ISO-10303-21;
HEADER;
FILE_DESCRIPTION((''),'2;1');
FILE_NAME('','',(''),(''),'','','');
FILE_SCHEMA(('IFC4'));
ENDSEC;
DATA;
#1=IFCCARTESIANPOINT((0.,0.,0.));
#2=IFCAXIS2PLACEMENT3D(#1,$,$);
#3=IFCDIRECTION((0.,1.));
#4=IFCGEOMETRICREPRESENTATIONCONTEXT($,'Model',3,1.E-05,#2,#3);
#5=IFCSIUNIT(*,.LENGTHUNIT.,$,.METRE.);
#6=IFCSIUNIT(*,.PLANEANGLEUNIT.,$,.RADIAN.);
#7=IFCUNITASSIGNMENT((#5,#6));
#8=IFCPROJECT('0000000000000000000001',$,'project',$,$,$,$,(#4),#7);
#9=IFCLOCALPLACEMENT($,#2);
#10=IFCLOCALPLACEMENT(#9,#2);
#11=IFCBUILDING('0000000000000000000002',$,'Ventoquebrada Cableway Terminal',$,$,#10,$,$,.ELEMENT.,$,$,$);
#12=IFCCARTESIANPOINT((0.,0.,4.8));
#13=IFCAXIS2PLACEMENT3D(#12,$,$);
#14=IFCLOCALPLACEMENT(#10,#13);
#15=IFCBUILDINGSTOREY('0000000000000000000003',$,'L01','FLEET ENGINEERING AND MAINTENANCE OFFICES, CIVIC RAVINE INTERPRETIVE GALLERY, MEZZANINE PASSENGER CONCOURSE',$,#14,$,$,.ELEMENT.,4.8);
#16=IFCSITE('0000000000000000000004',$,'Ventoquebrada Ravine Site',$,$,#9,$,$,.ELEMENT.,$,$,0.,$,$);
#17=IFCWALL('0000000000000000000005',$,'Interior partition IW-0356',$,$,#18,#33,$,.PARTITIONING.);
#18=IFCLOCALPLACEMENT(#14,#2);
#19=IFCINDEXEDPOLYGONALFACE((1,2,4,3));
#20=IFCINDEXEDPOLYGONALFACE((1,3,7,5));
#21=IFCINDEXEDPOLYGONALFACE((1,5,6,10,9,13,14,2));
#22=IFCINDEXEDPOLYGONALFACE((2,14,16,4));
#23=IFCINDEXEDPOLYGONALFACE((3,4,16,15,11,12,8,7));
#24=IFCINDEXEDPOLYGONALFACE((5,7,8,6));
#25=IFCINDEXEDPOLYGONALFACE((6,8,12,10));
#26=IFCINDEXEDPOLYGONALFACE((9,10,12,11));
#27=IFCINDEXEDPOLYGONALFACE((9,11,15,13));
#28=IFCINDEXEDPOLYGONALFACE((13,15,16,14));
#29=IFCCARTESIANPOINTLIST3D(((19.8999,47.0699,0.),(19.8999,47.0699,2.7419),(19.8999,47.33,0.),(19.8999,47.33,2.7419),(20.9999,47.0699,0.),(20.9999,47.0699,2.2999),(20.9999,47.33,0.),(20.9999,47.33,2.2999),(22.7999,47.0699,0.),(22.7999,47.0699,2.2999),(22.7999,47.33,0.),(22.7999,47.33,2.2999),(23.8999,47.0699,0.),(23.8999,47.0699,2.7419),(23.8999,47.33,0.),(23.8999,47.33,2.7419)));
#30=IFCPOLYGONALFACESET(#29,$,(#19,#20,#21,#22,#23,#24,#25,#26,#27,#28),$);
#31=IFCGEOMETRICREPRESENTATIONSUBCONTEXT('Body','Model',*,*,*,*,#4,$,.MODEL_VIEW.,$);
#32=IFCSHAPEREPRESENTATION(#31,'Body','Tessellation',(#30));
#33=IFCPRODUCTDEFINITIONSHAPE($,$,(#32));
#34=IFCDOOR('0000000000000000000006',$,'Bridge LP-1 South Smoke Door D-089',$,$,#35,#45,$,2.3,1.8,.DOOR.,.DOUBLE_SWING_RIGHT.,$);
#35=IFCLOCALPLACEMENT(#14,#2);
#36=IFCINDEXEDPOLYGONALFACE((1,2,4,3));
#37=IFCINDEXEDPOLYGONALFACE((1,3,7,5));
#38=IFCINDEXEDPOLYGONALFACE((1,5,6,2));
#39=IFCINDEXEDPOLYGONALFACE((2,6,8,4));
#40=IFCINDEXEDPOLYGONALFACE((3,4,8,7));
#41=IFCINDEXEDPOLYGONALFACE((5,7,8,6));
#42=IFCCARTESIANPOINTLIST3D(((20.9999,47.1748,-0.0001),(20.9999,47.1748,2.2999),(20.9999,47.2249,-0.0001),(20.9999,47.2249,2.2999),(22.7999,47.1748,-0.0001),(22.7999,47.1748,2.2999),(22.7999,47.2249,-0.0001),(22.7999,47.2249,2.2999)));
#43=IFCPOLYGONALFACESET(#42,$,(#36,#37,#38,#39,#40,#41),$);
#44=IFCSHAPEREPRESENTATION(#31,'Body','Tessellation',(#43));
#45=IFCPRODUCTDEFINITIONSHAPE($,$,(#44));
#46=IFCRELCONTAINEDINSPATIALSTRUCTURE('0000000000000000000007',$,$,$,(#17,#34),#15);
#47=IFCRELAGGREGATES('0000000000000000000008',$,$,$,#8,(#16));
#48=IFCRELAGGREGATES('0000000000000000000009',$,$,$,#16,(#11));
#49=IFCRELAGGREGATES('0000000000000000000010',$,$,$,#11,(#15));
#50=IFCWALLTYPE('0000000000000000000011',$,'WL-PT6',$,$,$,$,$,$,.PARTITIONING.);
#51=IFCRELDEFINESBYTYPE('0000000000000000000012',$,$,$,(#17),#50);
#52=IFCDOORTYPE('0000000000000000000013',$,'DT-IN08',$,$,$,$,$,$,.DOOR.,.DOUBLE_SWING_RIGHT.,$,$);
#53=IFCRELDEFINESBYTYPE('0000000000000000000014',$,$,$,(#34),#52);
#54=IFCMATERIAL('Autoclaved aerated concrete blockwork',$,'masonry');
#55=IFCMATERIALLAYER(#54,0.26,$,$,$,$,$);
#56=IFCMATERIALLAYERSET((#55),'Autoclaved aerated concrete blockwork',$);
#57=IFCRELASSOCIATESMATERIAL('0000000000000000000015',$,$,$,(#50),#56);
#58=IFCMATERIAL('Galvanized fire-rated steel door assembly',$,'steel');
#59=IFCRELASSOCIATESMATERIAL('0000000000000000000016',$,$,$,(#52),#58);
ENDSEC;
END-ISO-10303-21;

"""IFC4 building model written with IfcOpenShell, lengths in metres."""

from ifc_helpers import new_model, si_unit, direction, frame, frame_2d, origin, place, context, subcontext, project, spatial, rectangle, extrude, material, layer, layer_set, type_object, element, fill, save


model = new_model("IFC4")

# Units and contexts
model_context = context("Model", 3, precision=1e-05, world=origin(), true_north=direction((0.0, 1.0)))
body_context = subcontext(model_context, "Body", "Model", "MODEL_VIEW")
ifc_project = project(units=[si_unit("LENGTHUNIT", "METRE"), si_unit("PLANEANGLEUNIT", "RADIAN")], contexts=[model_context])

# Site, building, storey
site_placement = place(None, origin())
site = spatial("IfcSite", under=ifc_project, at=site_placement, Name="Ventoquebrada Ravine Site", CompositionType="ELEMENT", RefElevation=0.0)
building_placement = place(site_placement, origin())
building = spatial("IfcBuilding", under=site, at=building_placement, Name="Ventoquebrada Cableway Terminal", CompositionType="ELEMENT")
storey_placement = place(building_placement, frame((0.0, 0.0, 4.8)))
storey = spatial("IfcBuildingStorey", under=building, at=storey_placement, Name="L01", Description="FLEET ENGINEERING AND MAINTENANCE OFFICES, CIVIC RAVINE INTERPRETIVE GALLERY, MEZZANINE PASSENGER CONCOURSE", CompositionType="ELEMENT", Elevation=4.8)

# Wall, opening, door
ifc_material_1 = material(Name="Autoclaved aerated concrete blockwork", Category="masonry")
ifc_layer_1 = layer(ifc_material_1, 0.26)
ifc_layer_set_1 = layer_set([ifc_layer_1], Name="Autoclaved aerated concrete blockwork")
wall_type = type_object("IfcWallType", Name="WL-PT6", PredefinedType="PARTITIONING", material=ifc_layer_set_1)
wall_placement = place(storey_placement, frame((19.8999, 47.2, 0.0), z_axis=(0.0, 0.0, 1.0), x_axis=(1.0, 0.0, 0.0)))
wall = element("IfcWall", 1, at=wall_placement, inside=storey, type_object=wall_type, Name="Interior partition IW-0356", PredefinedType="PARTITIONING", context=body_context, shape_type="SweptSolid", body=[
    extrude(rectangle(XDim=4.0, YDim=0.26, at=frame_2d((2.0, 0.0))), origin(), (0.0, 0.0, 1.0), 2.7419),
])
opening_placement = place(wall_placement, frame((1.1001, 0.0, 0.0)))
opening = element("IfcOpeningElement", 2, at=opening_placement, cuts=wall, PredefinedType="OPENING", context=body_context, shape_type="SweptSolid", body=[
    extrude(rectangle(XDim=1.8, YDim=2.3, at=frame_2d((0.8999, 1.1499))), frame((0.0, 0.1399, 0.0), z_axis=(0.0, -1.0, 0.0), x_axis=(1.0, 0.0, 0.0)), (0.0, 0.0, 1.0), 0.28),
])
ifc_material_2 = material(Name="Galvanized fire-rated steel door assembly", Category="steel")
door_type = type_object("IfcDoorType", Name="DT-IN08", OperationType="DOUBLE_SWING_RIGHT", PredefinedType="DOOR", material=ifc_material_2)
door_placement = place(opening_placement, origin())
door = element("IfcDoor", 3, at=door_placement, inside=storey, type_object=door_type, Name="Bridge LP-1 South Smoke Door D-089", OperationType="DOUBLE_SWING_RIGHT", OverallHeight=2.3, OverallWidth=1.8, PredefinedType="DOOR", context=body_context, shape_type="SweptSolid", body=[
    extrude(rectangle(XDim=1.8, YDim=2.3, at=frame_2d((0.8999, 1.1499))), frame((0.0, 0.0249, 0.0), z_axis=(0.0, -1.0, 0.0), x_axis=(1.0, 0.0, 0.0)), (0.0, 0.0, 1.0), 0.05),
])
fill(opening, door)

save(model, "model.ifc")
